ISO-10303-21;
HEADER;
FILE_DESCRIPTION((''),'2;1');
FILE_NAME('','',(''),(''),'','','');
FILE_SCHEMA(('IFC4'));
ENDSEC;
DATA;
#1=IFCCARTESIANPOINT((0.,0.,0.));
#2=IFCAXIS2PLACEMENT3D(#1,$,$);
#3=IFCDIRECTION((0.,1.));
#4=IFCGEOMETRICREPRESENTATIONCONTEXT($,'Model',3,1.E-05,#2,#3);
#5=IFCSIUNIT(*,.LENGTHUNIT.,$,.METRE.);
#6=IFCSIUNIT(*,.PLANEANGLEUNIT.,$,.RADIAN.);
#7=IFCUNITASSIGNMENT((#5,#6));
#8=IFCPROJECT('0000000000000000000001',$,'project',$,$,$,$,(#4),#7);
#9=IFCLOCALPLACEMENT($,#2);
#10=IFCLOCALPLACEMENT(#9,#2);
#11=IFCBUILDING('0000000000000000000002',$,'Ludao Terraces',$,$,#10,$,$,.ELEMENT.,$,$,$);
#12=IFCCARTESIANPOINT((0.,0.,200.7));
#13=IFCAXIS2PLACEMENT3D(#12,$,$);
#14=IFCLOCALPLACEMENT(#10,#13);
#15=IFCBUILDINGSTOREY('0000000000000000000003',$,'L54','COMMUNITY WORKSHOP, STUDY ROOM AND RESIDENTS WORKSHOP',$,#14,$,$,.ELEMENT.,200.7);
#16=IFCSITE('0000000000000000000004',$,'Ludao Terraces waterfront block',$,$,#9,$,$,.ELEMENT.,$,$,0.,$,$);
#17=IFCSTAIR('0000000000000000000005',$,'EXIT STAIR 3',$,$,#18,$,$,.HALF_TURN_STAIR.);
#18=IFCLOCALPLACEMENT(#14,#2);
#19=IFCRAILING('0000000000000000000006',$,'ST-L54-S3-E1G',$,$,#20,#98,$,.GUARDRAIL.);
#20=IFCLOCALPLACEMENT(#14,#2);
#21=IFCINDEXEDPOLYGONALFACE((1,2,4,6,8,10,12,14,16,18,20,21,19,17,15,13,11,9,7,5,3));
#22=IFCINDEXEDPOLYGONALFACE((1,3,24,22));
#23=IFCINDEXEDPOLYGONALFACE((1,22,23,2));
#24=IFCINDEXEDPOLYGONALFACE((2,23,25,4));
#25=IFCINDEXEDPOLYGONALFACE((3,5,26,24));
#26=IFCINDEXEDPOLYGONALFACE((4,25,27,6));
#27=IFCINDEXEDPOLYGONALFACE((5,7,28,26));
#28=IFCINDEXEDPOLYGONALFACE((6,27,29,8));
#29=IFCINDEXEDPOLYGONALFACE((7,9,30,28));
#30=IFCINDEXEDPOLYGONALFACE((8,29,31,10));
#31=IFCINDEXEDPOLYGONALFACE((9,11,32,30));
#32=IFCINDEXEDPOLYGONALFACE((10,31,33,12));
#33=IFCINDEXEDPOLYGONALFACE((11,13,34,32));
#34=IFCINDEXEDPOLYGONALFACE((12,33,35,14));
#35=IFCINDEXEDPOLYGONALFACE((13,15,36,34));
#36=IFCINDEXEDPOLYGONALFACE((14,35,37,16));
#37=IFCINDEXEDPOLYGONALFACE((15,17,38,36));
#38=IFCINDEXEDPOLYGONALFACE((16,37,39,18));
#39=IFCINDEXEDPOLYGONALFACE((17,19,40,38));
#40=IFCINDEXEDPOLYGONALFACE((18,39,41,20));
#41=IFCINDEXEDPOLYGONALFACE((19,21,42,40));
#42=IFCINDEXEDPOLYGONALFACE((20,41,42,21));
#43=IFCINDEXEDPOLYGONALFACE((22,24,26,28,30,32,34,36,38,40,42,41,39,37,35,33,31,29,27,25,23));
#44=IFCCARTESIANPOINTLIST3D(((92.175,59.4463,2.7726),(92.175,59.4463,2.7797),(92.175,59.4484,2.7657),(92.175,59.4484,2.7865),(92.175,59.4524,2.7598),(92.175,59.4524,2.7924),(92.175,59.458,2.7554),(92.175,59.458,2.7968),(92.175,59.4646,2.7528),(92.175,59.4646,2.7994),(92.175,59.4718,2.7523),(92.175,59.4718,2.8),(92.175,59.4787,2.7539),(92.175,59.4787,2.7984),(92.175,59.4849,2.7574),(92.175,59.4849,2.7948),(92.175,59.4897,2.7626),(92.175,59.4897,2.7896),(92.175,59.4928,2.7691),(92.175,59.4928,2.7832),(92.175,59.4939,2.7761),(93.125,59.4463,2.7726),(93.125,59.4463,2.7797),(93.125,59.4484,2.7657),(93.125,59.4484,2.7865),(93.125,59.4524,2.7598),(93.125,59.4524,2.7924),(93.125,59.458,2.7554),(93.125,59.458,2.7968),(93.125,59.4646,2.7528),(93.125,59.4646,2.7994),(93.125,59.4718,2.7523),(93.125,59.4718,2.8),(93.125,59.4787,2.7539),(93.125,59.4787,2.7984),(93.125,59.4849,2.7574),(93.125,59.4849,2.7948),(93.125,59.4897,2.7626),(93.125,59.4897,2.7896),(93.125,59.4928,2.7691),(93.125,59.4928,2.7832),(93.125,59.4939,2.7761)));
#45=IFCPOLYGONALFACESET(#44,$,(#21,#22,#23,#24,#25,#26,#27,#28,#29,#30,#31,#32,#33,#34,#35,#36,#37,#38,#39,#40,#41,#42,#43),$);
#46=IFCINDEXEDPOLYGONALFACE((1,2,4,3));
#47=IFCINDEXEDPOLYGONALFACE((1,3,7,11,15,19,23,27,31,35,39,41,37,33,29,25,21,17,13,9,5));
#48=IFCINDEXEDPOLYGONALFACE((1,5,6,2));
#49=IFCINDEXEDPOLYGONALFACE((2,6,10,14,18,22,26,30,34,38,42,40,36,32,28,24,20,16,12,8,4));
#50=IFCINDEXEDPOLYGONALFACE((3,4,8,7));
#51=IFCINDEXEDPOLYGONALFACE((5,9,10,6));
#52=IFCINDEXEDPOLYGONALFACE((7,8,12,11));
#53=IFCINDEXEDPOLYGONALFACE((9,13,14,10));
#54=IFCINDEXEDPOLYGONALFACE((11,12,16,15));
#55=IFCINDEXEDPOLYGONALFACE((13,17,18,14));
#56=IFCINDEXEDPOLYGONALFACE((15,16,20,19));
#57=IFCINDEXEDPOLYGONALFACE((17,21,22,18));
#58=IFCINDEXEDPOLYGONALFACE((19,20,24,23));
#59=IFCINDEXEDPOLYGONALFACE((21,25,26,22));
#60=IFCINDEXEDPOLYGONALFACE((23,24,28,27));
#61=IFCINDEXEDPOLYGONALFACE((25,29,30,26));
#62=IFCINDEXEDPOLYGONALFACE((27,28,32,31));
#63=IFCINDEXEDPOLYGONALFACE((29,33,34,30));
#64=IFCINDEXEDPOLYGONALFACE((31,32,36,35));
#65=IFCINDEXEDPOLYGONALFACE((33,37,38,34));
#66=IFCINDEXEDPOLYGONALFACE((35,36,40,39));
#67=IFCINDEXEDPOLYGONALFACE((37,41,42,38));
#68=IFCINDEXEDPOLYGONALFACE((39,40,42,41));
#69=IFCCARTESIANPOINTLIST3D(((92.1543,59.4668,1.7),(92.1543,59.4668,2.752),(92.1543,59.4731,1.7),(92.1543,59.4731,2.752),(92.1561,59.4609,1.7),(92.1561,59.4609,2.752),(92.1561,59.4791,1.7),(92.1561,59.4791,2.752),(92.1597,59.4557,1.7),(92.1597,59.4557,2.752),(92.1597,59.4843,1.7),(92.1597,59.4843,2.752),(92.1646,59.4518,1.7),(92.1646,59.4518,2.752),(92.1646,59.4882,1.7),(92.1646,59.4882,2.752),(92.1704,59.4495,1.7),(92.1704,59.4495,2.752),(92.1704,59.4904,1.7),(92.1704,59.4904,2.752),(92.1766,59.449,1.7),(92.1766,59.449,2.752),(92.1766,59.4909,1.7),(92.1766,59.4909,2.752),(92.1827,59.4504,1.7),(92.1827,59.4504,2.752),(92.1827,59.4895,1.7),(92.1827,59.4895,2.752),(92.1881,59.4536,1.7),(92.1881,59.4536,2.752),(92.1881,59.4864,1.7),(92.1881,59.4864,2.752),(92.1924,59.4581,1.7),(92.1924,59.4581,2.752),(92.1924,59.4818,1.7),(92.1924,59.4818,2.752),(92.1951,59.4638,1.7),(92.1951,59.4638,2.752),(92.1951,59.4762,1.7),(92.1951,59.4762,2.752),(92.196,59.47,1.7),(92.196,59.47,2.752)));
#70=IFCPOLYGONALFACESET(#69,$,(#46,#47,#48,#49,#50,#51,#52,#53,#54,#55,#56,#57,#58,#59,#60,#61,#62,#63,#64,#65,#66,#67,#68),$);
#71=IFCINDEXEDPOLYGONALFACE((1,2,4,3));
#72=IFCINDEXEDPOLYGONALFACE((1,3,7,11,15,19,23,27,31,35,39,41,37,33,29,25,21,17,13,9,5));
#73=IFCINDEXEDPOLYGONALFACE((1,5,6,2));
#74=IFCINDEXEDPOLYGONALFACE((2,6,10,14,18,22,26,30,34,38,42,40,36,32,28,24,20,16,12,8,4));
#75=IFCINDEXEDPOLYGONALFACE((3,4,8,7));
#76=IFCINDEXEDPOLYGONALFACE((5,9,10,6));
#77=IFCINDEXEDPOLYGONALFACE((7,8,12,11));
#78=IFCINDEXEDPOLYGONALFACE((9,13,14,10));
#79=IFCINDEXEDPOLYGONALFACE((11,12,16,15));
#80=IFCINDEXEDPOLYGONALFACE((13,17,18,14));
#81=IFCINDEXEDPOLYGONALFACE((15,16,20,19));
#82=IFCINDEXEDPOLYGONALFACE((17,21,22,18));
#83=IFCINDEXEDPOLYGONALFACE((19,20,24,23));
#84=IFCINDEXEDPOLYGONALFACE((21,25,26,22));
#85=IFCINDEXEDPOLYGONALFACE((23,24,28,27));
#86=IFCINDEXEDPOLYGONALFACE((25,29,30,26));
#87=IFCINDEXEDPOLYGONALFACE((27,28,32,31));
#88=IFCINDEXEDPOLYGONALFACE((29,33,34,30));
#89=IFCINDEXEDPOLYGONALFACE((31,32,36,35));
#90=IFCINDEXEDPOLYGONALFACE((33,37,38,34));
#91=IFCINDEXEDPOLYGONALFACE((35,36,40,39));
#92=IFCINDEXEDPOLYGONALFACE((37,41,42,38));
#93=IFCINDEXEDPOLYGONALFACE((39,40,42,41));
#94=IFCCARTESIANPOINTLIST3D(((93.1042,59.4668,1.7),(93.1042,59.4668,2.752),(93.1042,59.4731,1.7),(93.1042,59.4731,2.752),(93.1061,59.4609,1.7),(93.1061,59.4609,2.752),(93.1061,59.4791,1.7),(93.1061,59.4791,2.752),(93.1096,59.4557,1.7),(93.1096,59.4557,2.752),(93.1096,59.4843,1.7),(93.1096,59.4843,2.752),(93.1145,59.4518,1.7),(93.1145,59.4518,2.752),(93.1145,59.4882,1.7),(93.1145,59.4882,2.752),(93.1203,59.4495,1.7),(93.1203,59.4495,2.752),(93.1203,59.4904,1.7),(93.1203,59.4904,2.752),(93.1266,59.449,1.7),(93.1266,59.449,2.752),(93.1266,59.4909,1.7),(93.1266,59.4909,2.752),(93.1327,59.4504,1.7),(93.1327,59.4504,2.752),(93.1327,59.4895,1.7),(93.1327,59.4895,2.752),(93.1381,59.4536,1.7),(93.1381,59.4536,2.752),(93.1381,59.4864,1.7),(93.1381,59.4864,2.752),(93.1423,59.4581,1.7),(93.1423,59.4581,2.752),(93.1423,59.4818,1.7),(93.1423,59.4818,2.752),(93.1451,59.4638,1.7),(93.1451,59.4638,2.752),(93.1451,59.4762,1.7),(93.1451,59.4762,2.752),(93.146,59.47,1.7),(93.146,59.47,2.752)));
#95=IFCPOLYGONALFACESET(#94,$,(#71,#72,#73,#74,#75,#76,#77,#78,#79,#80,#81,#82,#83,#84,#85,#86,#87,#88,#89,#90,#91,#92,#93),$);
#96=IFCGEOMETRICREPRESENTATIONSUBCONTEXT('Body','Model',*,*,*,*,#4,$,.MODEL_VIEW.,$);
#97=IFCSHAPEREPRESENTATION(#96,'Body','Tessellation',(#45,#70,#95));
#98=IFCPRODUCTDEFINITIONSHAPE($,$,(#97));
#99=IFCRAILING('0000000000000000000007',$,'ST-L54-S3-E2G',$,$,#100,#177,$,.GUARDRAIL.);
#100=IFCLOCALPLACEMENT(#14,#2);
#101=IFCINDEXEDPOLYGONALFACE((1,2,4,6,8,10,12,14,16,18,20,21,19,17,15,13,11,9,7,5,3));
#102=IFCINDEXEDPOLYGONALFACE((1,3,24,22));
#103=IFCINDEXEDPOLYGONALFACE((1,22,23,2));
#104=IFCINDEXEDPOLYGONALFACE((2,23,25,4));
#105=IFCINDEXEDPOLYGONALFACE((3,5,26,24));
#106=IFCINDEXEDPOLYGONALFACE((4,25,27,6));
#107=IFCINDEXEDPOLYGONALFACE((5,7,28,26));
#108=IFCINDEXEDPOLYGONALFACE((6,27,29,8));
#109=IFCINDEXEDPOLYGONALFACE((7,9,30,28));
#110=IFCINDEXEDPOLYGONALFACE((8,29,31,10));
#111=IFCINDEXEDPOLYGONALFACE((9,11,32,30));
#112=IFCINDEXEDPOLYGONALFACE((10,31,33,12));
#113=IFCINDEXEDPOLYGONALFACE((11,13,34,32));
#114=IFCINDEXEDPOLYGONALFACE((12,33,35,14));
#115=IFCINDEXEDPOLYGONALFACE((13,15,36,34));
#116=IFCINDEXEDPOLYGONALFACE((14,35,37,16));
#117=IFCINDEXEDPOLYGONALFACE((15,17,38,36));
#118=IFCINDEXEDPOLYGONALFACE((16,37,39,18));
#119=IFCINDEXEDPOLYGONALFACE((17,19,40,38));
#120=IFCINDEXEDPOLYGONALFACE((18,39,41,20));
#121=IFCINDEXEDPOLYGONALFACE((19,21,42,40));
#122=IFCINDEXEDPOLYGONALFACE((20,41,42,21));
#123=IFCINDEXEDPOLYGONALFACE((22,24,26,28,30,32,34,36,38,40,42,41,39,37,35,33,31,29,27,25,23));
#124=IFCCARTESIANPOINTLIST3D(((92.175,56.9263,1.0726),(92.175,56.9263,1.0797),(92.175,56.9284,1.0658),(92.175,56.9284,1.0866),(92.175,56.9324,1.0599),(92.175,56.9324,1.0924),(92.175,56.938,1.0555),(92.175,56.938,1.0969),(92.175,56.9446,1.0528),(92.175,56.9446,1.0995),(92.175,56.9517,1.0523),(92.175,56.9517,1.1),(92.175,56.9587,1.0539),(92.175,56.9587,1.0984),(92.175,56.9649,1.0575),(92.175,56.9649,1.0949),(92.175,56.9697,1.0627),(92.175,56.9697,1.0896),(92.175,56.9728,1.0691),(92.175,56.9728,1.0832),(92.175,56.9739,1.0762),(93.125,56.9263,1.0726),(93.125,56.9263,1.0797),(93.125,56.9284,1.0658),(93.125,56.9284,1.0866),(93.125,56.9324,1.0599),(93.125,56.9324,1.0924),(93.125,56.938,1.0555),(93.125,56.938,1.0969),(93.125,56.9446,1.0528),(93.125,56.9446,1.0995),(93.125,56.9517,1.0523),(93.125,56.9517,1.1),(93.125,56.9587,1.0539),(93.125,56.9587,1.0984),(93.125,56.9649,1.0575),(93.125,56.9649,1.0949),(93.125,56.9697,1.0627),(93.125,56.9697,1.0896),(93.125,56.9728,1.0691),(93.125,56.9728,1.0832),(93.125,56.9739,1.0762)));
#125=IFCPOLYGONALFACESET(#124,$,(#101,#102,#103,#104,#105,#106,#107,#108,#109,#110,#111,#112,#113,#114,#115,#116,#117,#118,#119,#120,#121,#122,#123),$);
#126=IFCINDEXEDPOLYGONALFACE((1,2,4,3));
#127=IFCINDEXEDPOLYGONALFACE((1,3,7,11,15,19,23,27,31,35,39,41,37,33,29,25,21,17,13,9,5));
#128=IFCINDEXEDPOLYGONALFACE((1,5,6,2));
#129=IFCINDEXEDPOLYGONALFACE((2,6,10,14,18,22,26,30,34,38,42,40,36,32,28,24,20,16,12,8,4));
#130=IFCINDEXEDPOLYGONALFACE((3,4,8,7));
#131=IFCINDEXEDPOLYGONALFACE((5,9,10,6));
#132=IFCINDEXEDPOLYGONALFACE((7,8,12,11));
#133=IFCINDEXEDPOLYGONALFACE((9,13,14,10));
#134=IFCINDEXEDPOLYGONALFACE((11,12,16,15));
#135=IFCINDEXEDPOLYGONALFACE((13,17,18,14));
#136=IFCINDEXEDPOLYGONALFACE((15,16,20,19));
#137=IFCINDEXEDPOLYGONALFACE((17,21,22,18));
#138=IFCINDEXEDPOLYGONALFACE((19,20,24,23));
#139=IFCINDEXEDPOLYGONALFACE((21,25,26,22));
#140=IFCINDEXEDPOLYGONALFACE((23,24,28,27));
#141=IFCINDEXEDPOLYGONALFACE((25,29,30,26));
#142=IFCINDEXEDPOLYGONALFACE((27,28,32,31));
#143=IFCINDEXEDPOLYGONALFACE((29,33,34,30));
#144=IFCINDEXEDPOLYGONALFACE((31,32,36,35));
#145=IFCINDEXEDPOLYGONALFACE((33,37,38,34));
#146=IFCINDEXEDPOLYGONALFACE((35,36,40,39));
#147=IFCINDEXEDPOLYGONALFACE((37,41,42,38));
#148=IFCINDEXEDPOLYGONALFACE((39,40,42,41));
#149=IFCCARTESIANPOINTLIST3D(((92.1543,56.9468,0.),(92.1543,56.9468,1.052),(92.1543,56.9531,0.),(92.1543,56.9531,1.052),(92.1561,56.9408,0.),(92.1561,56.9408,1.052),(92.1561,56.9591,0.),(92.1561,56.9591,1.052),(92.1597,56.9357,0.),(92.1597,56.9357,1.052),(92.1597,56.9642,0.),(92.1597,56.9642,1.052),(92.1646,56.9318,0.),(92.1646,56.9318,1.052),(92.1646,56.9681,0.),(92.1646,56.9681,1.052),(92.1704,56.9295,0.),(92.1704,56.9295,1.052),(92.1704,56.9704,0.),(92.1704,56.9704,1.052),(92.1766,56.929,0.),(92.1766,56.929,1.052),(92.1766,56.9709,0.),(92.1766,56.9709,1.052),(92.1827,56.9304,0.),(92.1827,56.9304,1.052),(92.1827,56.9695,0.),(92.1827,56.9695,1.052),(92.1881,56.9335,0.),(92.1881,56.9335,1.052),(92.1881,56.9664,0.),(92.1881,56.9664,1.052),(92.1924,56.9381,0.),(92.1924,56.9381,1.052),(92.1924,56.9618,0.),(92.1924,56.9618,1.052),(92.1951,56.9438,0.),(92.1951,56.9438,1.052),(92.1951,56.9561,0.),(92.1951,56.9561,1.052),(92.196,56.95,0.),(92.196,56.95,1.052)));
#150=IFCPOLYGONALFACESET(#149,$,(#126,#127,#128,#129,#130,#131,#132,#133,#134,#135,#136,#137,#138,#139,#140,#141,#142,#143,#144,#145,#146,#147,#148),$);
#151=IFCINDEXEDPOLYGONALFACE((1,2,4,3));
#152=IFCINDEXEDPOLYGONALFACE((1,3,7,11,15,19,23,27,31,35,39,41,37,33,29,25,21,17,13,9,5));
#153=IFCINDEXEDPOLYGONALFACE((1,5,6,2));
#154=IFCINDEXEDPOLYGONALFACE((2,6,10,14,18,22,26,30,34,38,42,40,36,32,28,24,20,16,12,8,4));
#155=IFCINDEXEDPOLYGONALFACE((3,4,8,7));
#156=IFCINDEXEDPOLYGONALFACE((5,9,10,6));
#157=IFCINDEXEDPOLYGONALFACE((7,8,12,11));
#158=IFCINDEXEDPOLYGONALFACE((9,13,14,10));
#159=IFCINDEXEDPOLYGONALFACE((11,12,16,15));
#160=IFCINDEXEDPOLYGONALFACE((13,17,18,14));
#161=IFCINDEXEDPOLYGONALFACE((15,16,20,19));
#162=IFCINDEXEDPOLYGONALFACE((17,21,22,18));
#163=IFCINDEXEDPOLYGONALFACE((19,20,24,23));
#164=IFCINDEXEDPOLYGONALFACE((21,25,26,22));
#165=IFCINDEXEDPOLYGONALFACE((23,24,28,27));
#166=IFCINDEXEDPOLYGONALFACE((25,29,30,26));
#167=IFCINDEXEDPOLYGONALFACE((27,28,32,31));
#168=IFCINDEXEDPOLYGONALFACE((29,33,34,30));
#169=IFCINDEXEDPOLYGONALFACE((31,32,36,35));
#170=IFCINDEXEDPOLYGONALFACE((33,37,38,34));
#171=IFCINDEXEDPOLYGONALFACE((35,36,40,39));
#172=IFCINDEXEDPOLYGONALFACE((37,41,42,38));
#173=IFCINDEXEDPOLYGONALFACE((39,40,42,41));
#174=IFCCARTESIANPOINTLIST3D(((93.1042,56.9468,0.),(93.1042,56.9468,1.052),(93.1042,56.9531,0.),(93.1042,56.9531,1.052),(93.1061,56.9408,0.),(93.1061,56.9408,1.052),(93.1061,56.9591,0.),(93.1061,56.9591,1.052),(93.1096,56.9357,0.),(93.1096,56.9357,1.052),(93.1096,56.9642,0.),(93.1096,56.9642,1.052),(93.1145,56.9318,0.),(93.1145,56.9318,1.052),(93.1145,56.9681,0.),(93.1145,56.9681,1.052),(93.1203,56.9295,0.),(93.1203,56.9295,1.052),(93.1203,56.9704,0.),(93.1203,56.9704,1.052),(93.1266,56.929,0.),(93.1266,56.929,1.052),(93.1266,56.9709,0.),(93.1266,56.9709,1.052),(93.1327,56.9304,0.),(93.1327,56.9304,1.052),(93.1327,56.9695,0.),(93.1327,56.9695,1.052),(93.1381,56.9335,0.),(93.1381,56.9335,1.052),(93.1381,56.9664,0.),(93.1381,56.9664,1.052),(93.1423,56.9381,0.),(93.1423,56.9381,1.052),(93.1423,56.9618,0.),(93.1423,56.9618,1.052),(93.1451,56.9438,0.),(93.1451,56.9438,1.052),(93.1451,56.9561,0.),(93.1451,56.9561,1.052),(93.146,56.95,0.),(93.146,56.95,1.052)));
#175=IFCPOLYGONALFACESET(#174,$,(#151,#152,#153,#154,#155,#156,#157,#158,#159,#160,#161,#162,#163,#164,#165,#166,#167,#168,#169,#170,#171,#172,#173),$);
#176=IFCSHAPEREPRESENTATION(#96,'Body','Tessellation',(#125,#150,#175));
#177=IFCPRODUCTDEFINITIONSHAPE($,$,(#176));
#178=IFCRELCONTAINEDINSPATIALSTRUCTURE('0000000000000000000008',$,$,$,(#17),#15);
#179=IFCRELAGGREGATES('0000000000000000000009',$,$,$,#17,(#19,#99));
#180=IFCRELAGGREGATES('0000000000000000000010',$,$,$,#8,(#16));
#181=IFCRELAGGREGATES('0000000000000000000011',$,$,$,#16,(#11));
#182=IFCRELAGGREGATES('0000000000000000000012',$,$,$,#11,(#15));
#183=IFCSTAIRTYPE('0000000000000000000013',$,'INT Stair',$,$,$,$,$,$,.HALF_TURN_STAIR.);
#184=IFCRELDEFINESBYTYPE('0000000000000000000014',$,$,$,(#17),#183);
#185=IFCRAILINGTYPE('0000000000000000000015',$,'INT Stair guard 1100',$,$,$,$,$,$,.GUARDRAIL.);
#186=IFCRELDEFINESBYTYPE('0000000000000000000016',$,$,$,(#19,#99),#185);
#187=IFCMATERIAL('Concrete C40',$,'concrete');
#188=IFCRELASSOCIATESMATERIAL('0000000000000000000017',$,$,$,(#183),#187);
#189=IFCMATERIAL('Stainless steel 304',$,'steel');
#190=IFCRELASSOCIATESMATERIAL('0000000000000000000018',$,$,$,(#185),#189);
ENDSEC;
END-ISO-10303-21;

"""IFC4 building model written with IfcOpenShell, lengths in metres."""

from ifc_helpers import new_model, si_unit, direction, frame, origin, origin_2d, place, context, subcontext, project, spatial, circle, extrude, material, type_object, element, aggregate, save


model = new_model("IFC4")

# Units and contexts
model_context = context("Model", 3, precision=1e-05, world=origin(), true_north=direction((0.0, 1.0)))
body_context = subcontext(model_context, "Body", "Model", "MODEL_VIEW")
ifc_project = project(units=[si_unit("LENGTHUNIT", "METRE"), si_unit("PLANEANGLEUNIT", "RADIAN")], contexts=[model_context])

# Site, building, storey
site_placement = place(None, origin())
site = spatial("IfcSite", under=ifc_project, at=site_placement, Name="Ludao Terraces waterfront block", CompositionType="ELEMENT", RefElevation=0.0)
building_placement = place(site_placement, origin())
building = spatial("IfcBuilding", under=site, at=building_placement, Name="Ludao Terraces", CompositionType="ELEMENT")
storey_placement = place(building_placement, frame((0.0, 0.0, 200.7)))
storey = spatial("IfcBuildingStorey", under=building, at=storey_placement, Name="L54", Description="COMMUNITY WORKSHOP, STUDY ROOM AND RESIDENTS WORKSHOP", CompositionType="ELEMENT", Elevation=200.7)

# Shared definitions
ifc_material_1 = material(Name="Concrete C40", Category="concrete")

# Stair, railings
stair_type = type_object("IfcStairType", Name="INT Stair", PredefinedType="HALF_TURN_STAIR", material=ifc_material_1)
stair_placement = place(storey_placement, origin())
stair = element("IfcStair", 1, at=stair_placement, inside=storey, type_object=stair_type, Name="EXIT STAIR 3", PredefinedType="HALF_TURN_STAIR")
ifc_material_2 = material(Name="Stainless steel 304", Category="steel")
railing_type_1 = type_object("IfcRailingType", Name="INT Stair guard 1100", PredefinedType="GUARDRAIL", material=ifc_material_2)
railing_1_placement = place(storey_placement, frame((92.175, 59.47, 1.7)))
railing_1 = element("IfcRailing", 2, at=railing_1_placement, type_object=railing_type_1, Name="ST-L54-S3-E1G", PredefinedType="GUARDRAIL", context=body_context, shape_type="SweptSolid", body=[
    extrude(circle(Radius=0.0239, at=origin_2d()), frame((0.0, 0.0, 1.0762), z_axis=(1.0, 0.0, 0.0), x_axis=(0.0, 1.0, 0.0)), (0.0, 0.0, 1.0), 0.95),
    extrude(circle(Radius=0.021, at=origin_2d()), origin(), (0.0, 0.0, 1.0), 1.052),
    extrude(circle(Radius=0.021, at=origin_2d()), frame((0.95, 0.0, 0.0)), (0.0, 0.0, 1.0), 1.052),
])
railing_2_placement = place(storey_placement, frame((92.175, 56.95, 0.0)))
railing_2 = element("IfcRailing", 3, at=railing_2_placement, type_object=railing_type_1, Name="ST-L54-S3-E2G", PredefinedType="GUARDRAIL", context=body_context, shape_type="SweptSolid", body=[
    extrude(circle(Radius=0.0239, at=origin_2d()), frame((0.0, 0.0, 1.0762), z_axis=(1.0, 0.0, 0.0), x_axis=(0.0, 1.0, 0.0)), (0.0, 0.0, 1.0), 0.95),
    extrude(circle(Radius=0.021, at=origin_2d()), origin(), (0.0, 0.0, 1.0), 1.052),
    extrude(circle(Radius=0.021, at=origin_2d()), frame((0.95, 0.0, 0.0)), (0.0, 0.0, 1.0), 1.052),
])
aggregate(stair, [railing_1, railing_2])

save(model, "model.ifc")
